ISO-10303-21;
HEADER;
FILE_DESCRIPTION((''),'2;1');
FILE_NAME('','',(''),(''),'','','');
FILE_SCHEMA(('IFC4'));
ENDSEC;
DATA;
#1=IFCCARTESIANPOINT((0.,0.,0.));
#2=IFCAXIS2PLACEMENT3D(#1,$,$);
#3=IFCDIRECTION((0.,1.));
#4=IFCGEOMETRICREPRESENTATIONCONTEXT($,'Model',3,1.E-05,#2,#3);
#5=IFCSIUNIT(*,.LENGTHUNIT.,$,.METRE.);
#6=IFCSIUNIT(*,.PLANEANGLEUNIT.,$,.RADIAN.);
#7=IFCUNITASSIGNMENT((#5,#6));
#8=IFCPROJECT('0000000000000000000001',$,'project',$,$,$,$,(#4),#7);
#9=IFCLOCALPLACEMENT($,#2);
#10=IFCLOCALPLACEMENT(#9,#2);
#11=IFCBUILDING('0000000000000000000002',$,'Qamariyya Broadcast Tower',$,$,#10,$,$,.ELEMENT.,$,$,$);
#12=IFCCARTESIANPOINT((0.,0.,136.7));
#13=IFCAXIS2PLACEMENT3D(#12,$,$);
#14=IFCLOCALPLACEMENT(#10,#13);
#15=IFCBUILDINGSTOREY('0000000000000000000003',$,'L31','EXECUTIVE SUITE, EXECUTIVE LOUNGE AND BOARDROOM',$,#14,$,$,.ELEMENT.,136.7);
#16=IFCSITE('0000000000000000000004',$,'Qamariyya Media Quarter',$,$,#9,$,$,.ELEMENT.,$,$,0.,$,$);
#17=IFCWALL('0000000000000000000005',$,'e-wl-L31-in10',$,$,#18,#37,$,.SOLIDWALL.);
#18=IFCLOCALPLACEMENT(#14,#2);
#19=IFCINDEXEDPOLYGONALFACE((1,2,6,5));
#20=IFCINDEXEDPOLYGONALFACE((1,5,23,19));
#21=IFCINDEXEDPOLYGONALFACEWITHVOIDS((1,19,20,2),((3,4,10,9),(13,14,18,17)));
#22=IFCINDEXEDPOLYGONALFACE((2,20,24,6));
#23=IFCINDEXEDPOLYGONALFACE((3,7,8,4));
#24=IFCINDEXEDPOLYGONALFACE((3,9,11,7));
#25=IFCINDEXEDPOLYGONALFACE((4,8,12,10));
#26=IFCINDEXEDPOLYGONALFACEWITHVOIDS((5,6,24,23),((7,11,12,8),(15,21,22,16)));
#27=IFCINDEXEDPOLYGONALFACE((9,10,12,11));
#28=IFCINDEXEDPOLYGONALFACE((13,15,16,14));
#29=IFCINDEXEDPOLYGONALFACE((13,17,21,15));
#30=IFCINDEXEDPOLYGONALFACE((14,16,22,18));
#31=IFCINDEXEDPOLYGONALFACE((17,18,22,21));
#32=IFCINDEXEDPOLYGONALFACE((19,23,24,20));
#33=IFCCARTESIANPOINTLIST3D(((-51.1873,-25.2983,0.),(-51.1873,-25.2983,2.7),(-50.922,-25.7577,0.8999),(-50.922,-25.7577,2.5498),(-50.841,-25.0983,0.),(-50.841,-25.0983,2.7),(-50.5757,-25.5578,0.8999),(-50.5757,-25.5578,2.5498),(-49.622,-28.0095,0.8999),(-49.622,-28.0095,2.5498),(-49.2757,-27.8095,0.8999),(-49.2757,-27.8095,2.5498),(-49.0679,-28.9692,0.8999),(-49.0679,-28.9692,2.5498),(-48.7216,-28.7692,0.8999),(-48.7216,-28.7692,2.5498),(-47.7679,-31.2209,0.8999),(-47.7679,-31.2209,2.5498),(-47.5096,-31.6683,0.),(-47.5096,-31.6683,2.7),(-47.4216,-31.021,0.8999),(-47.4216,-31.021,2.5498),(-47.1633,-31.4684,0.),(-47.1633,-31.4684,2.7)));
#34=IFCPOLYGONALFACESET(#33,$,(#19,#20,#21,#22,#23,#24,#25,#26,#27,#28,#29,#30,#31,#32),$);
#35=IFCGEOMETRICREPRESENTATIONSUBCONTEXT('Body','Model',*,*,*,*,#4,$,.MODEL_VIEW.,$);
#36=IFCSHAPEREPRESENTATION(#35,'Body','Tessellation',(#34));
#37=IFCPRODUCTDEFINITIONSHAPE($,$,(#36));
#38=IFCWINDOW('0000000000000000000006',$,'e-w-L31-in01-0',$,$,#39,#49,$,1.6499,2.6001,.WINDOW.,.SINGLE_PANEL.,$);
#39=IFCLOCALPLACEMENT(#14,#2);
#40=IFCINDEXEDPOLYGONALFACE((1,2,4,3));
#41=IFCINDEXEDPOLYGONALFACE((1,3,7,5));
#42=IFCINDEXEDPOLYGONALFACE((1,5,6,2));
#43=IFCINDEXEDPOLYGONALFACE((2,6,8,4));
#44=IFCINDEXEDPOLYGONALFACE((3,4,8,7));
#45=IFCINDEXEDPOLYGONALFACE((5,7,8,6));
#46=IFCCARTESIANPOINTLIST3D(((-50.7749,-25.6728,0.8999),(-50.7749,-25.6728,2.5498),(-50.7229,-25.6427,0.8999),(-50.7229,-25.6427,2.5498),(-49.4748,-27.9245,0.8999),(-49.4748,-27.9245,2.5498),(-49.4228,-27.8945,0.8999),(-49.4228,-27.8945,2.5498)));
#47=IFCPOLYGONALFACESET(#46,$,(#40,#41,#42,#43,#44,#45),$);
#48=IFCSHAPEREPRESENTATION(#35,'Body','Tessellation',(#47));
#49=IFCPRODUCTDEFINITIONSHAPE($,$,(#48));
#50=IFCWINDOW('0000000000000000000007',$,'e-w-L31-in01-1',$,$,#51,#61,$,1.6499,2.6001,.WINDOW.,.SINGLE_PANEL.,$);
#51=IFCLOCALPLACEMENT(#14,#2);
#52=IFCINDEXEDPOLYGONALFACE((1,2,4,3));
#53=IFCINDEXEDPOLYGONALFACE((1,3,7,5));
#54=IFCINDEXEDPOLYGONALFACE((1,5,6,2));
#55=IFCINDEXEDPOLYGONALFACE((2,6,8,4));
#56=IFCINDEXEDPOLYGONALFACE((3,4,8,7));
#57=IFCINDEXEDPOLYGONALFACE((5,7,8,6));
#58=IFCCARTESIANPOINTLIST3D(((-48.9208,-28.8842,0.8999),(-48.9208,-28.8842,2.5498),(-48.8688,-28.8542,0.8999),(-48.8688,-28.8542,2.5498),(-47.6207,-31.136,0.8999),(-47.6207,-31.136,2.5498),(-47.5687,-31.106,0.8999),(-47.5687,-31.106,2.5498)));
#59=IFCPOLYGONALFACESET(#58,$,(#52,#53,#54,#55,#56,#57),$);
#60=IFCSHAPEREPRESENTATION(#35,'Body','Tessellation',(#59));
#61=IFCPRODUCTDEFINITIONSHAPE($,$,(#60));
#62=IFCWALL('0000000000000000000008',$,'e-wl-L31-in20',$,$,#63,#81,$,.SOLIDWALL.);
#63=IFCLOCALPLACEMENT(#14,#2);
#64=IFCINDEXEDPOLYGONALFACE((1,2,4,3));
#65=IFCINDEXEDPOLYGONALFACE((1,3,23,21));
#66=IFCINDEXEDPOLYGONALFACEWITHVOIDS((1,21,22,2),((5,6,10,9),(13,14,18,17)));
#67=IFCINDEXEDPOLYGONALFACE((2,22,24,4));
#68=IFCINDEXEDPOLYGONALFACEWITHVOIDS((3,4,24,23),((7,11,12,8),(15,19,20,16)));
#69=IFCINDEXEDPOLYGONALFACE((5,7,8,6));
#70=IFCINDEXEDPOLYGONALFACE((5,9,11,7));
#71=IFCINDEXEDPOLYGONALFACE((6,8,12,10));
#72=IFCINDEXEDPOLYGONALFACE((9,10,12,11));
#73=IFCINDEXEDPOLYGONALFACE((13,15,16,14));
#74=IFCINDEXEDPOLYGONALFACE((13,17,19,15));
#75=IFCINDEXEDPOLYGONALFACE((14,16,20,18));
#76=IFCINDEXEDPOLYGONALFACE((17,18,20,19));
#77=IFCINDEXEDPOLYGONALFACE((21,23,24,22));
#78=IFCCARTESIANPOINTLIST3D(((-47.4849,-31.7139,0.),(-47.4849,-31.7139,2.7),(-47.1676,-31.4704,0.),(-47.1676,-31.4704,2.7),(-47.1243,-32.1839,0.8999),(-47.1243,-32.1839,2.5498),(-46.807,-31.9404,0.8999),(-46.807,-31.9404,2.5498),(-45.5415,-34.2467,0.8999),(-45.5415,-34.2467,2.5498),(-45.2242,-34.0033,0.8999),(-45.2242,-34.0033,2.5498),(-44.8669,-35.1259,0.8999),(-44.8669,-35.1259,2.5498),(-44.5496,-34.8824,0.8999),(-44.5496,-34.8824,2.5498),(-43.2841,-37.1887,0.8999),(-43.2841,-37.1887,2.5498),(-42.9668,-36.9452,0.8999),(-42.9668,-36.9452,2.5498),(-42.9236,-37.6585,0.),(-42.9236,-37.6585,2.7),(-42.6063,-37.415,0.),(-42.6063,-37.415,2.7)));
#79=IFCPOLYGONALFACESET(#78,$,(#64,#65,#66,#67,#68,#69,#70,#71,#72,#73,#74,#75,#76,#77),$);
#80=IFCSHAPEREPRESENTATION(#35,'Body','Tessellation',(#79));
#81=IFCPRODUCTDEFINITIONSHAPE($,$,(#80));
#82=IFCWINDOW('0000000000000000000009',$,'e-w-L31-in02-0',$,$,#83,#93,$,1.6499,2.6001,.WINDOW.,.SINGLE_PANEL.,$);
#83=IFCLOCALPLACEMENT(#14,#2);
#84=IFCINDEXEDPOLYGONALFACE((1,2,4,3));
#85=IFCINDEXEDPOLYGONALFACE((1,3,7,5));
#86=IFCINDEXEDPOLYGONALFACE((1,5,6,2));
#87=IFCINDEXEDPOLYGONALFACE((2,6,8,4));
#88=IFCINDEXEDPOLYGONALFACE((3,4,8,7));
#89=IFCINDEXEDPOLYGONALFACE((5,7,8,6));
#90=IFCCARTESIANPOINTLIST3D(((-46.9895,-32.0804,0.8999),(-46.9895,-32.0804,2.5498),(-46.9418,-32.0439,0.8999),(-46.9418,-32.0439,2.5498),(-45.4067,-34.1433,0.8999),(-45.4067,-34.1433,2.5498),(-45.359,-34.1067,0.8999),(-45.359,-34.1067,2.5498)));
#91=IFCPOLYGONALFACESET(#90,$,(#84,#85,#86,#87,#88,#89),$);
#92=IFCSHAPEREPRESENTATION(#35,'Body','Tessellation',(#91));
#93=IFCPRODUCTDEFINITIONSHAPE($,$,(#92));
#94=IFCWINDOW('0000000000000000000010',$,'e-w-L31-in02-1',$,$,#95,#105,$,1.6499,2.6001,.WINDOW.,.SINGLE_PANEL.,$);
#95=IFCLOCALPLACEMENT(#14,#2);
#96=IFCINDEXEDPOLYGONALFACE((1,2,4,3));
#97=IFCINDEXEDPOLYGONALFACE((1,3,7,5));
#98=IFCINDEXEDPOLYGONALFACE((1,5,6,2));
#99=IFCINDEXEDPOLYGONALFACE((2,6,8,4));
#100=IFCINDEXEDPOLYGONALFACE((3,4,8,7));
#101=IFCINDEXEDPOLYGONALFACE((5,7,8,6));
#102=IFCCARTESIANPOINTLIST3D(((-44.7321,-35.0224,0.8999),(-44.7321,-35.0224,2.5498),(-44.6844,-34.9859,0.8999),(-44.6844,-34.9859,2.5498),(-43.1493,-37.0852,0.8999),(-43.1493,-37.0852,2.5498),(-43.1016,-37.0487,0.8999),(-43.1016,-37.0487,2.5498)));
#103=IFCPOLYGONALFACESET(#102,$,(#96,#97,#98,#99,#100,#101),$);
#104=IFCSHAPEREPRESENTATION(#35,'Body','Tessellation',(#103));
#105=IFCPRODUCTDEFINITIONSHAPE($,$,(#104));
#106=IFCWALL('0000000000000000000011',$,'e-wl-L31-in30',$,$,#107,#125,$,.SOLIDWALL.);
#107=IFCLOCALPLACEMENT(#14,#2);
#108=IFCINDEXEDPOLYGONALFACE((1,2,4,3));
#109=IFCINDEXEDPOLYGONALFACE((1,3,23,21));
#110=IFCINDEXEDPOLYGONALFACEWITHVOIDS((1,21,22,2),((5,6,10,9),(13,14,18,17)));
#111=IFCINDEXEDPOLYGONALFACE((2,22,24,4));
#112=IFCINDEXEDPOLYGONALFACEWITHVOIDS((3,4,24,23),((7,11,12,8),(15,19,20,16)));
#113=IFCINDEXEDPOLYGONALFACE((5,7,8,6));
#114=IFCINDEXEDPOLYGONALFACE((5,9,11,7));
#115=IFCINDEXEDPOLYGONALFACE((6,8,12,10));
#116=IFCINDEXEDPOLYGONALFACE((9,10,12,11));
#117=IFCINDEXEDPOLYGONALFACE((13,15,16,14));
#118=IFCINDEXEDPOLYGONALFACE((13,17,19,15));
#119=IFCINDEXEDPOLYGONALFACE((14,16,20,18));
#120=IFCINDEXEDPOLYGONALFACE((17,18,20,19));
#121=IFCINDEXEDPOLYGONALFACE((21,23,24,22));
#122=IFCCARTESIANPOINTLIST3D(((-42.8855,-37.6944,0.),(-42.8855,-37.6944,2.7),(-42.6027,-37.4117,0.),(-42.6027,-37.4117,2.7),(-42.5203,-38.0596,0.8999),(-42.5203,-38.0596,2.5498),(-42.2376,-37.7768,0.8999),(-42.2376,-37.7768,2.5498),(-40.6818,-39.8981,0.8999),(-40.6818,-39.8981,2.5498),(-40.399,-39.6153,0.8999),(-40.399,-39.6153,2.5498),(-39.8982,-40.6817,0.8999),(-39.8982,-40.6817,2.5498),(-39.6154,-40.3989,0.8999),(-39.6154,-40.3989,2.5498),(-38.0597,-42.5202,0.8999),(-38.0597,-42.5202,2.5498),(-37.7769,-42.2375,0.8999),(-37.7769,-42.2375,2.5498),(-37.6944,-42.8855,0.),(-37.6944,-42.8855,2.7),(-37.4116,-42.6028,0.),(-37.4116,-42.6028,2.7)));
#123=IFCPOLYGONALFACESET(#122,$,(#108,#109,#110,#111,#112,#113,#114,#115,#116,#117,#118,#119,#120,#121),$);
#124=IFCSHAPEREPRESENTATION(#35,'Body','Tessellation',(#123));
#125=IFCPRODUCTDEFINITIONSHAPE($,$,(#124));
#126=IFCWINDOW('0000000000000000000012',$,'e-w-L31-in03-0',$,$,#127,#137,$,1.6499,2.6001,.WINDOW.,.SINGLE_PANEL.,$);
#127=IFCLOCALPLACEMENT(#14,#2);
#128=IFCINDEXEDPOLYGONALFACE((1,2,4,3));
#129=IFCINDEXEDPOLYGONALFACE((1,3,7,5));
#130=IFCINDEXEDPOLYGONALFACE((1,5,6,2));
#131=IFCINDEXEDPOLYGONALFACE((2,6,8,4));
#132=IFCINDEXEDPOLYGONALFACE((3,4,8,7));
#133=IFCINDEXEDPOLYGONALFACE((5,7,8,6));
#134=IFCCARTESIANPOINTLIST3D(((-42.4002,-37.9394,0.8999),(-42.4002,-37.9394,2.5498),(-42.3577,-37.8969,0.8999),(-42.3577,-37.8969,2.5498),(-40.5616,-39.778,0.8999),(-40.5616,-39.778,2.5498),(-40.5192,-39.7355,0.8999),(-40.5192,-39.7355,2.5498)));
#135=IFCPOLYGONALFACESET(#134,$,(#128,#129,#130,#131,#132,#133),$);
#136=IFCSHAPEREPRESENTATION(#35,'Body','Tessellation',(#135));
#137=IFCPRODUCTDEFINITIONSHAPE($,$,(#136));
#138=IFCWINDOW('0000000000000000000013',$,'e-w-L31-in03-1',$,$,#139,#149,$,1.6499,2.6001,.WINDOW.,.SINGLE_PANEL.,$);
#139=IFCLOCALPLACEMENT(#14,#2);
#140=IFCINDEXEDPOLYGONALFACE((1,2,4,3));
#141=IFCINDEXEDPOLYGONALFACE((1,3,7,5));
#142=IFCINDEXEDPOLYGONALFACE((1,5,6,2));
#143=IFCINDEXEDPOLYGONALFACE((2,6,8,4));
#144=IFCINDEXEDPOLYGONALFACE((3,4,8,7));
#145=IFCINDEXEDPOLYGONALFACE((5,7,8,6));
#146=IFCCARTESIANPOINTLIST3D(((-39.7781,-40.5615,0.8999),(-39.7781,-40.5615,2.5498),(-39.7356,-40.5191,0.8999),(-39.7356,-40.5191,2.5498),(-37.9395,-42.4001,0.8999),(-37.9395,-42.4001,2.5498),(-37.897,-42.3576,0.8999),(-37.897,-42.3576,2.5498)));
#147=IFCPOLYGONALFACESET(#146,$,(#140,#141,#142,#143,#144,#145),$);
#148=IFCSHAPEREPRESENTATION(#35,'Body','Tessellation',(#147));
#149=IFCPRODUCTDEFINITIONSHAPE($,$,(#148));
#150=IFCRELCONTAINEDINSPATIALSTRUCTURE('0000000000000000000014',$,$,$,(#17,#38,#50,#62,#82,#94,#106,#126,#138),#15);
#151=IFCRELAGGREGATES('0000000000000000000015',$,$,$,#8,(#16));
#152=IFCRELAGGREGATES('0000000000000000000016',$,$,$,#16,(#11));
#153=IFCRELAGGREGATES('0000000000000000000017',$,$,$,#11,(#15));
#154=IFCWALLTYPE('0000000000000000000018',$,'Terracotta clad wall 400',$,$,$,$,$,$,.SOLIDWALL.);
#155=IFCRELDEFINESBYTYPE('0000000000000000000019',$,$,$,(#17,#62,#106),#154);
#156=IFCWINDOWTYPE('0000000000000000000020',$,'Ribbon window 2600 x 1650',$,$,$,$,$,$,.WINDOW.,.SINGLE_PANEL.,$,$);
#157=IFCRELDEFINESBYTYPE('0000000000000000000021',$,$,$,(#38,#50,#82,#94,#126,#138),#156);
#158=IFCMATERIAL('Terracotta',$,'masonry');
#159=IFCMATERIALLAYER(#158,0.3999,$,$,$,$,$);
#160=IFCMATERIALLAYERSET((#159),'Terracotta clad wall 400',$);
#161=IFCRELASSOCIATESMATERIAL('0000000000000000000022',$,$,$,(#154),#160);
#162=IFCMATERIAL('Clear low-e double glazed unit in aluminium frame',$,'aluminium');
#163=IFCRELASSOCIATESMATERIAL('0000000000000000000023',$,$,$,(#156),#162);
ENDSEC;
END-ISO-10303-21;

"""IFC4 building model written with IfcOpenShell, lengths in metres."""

from ifc_helpers import new_model, si_unit, direction, frame, frame_2d, origin, place, context, subcontext, project, spatial, rectangle, extrude, material, layer, layer_set, type_object, element, fill, save


model = new_model("IFC4")

# Units and contexts
model_context = context("Model", 3, precision=1e-05, world=origin(), true_north=direction((0.0, 1.0)))
body_context = subcontext(model_context, "Body", "Model", "MODEL_VIEW")
ifc_project = project(units=[si_unit("LENGTHUNIT", "METRE"), si_unit("PLANEANGLEUNIT", "RADIAN")], contexts=[model_context])

# Site, building, storey
site_placement = place(None, origin())
site = spatial("IfcSite", under=ifc_project, at=site_placement, Name="Qamariyya Media Quarter", CompositionType="ELEMENT", RefElevation=0.0)
building_placement = place(site_placement, origin())
building = spatial("IfcBuilding", under=site, at=building_placement, Name="Qamariyya Broadcast Tower", CompositionType="ELEMENT")
storey_placement = place(building_placement, frame((0.0, 0.0, 136.7)))
storey = spatial("IfcBuildingStorey", under=building, at=storey_placement, Name="L31", Description="EXECUTIVE SUITE, EXECUTIVE LOUNGE AND BOARDROOM", CompositionType="ELEMENT", Elevation=136.7)

# Walls, openings, windows
ifc_material_1 = material(Name="Terracotta", Category="masonry")
ifc_layer_1 = layer(ifc_material_1, 0.3999)
ifc_layer_set_1 = layer_set([ifc_layer_1], Name="Terracotta clad wall 400")
wall_type = type_object("IfcWallType", Name="Terracotta clad wall 400", PredefinedType="SOLIDWALL", material=ifc_layer_set_1)
wall_1_placement = place(storey_placement, frame((-47.3364, -31.5684, 0.0), z_axis=(0.0, 0.0, 1.0), x_axis=(-0.499994, 0.866029, 0.0)))
wall_1 = element("IfcWall", 1, at=wall_1_placement, inside=storey, type_object=wall_type, Name="e-wl-L31-in10", PredefinedType="SOLIDWALL", context=body_context, shape_type="SweptSolid", body=[
    extrude(rectangle(XDim=7.3555, YDim=0.3999, at=frame_2d((3.6777, 0.0))), origin(), (0.0, 0.0, 1.0), 2.7),
])
opening_1_placement = place(wall_1_placement, frame((4.2249, 0.0, 0.8999)))
opening_1 = element("IfcOpeningElement", 2, at=opening_1_placement, cuts=wall_1, PredefinedType="OPENING", context=body_context, shape_type="SweptSolid", body=[
    extrude(rectangle(XDim=2.6001, YDim=1.6499, at=frame_2d((1.3, 0.825))), frame((0.0, 0.21, 0.0), z_axis=(0.0, -1.0, 0.0), x_axis=(1.0, 0.0, 0.0)), (0.0, 0.0, 1.0), 0.4199),
])
opening_2_placement = place(wall_1_placement, frame((0.5166, 0.0, 0.8999)))
opening_2 = element("IfcOpeningElement", 3, at=opening_2_placement, cuts=wall_1, PredefinedType="OPENING", context=body_context, shape_type="SweptSolid", body=[
    extrude(rectangle(XDim=2.6001, YDim=1.6499, at=frame_2d((1.3, 0.825))), frame((0.0, 0.21, 0.0), z_axis=(0.0, -1.0, 0.0), x_axis=(1.0, 0.0, 0.0)), (0.0, 0.0, 1.0), 0.4199),
])
ifc_material_2 = material(Name="Clear low-e double glazed unit in aluminium frame", Category="aluminium")
window_type = type_object("IfcWindowType", Name="Ribbon window 2600 x 1650", PartitioningType="SINGLE_PANEL", PredefinedType="WINDOW", material=ifc_material_2)
window_1_placement = place(opening_1_placement, origin())
window_1 = element("IfcWindow", 4, at=window_1_placement, inside=storey, type_object=window_type, Name="e-w-L31-in01-0", OverallHeight=1.6499, OverallWidth=2.6001, PartitioningType="SINGLE_PANEL", PredefinedType="WINDOW", context=body_context, shape_type="SweptSolid", body=[
    extrude(rectangle(XDim=2.6001, YDim=1.6499, at=frame_2d((1.3, 0.825))), frame((0.0, 0.03, 0.0), z_axis=(0.0, -1.0, 0.0), x_axis=(1.0, 0.0, 0.0)), (0.0, 0.0, 1.0), 0.0601),
])
fill(opening_1, window_1)
window_2_placement = place(opening_2_placement, origin())
window_2 = element("IfcWindow", 5, at=window_2_placement, inside=storey, type_object=window_type, Name="e-w-L31-in01-1", OverallHeight=1.6499, OverallWidth=2.6001, PartitioningType="SINGLE_PANEL", PredefinedType="WINDOW", context=body_context, shape_type="SweptSolid", body=[
    extrude(rectangle(XDim=2.6001, YDim=1.6499, at=frame_2d((1.3, 0.825))), frame((0.0, 0.03, 0.0), z_axis=(0.0, -1.0, 0.0), x_axis=(1.0, 0.0, 0.0)), (0.0, 0.0, 1.0), 0.0601),
])
fill(opening_2, window_2)
wall_2_placement = place(storey_placement, frame((-42.7649, -37.5369, 0.0), z_axis=(0.0, 0.0, 1.0), x_axis=(-0.608748, 0.793363, 0.0)))
wall_2 = element("IfcWall", 6, at=wall_2_placement, inside=storey, type_object=wall_type, Name="e-wl-L31-in20", PredefinedType="SOLIDWALL", context=body_context, shape_type="SweptSolid", body=[
    extrude(rectangle(XDim=7.4929, YDim=0.3999, at=frame_2d((3.7466, 0.0))), origin(), (0.0, 0.0, 1.0), 2.7),
])
opening_3_placement = place(wall_2_placement, frame((4.3005, 0.0, 0.8999)))
opening_3 = element("IfcOpeningElement", 7, at=opening_3_placement, cuts=wall_2, PredefinedType="OPENING", context=body_context, shape_type="SweptSolid", body=[
    extrude(rectangle(XDim=2.6001, YDim=1.6499, at=frame_2d((1.3, 0.825))), frame((0.0, 0.21, 0.0), z_axis=(0.0, -1.0, 0.0), x_axis=(1.0, 0.0, 0.0)), (0.0, 0.0, 1.0), 0.4199),
])
opening_4_placement = place(wall_2_placement, frame((0.5923, 0.0, 0.8999)))
opening_4 = element("IfcOpeningElement", 8, at=opening_4_placement, cuts=wall_2, PredefinedType="OPENING", context=body_context, shape_type="SweptSolid", body=[
    extrude(rectangle(XDim=2.6001, YDim=1.6499, at=frame_2d((1.3, 0.825))), frame((0.0, 0.21, 0.0), z_axis=(0.0, -1.0, 0.0), x_axis=(1.0, 0.0, 0.0)), (0.0, 0.0, 1.0), 0.4199),
])
window_3_placement = place(opening_3_placement, origin())
window_3 = element("IfcWindow", 9, at=window_3_placement, inside=storey, type_object=window_type, Name="e-w-L31-in02-0", OverallHeight=1.6499, OverallWidth=2.6001, PartitioningType="SINGLE_PANEL", PredefinedType="WINDOW", context=body_context, shape_type="SweptSolid", body=[
    extrude(rectangle(XDim=2.6001, YDim=1.6499, at=frame_2d((1.3, 0.825))), frame((0.0, 0.03, 0.0), z_axis=(0.0, -1.0, 0.0), x_axis=(1.0, 0.0, 0.0)), (0.0, 0.0, 1.0), 0.0601),
])
fill(opening_3, window_3)
window_4_placement = place(opening_4_placement, origin())
window_4 = element("IfcWindow", 10, at=window_4_placement, inside=storey, type_object=window_type, Name="e-w-L31-in02-1", OverallHeight=1.6499, OverallWidth=2.6001, PartitioningType="SINGLE_PANEL", PredefinedType="WINDOW", context=body_context, shape_type="SweptSolid", body=[
    extrude(rectangle(XDim=2.6001, YDim=1.6499, at=frame_2d((1.3, 0.825))), frame((0.0, 0.03, 0.0), z_axis=(0.0, -1.0, 0.0), x_axis=(1.0, 0.0, 0.0)), (0.0, 0.0, 1.0), 0.0601),
])
fill(opening_4, window_4)
wall_3_placement = place(storey_placement, frame((-37.553, -42.7441, 0.0), z_axis=(0.0, 0.0, 1.0), x_axis=(-0.707107, 0.707107, 0.0)))
wall_3 = element("IfcWall", 11, at=wall_3_placement, inside=storey, type_object=wall_type, Name="e-wl-L31-in30", PredefinedType="SOLIDWALL", context=body_context, shape_type="SweptSolid", body=[
    extrude(rectangle(XDim=7.3413, YDim=0.3999, at=frame_2d((3.6707, 0.0))), origin(), (0.0, 0.0, 1.0), 2.7),
])
opening_5_placement = place(wall_3_placement, frame((4.2249, 0.0, 0.8999)))
opening_5 = element("IfcOpeningElement", 12, at=opening_5_placement, cuts=wall_3, PredefinedType="OPENING", context=body_context, shape_type="SweptSolid", body=[
    extrude(rectangle(XDim=2.6001, YDim=1.6499, at=frame_2d((1.3, 0.825))), frame((0.0, 0.21, 0.0), z_axis=(0.0, -1.0, 0.0), x_axis=(1.0, 0.0, 0.0)), (0.0, 0.0, 1.0), 0.4199),
])
opening_6_placement = place(wall_3_placement, frame((0.5166, 0.0, 0.8999)))
opening_6 = element("IfcOpeningElement", 13, at=opening_6_placement, cuts=wall_3, PredefinedType="OPENING", context=body_context, shape_type="SweptSolid", body=[
    extrude(rectangle(XDim=2.6001, YDim=1.6499, at=frame_2d((1.3, 0.825))), frame((0.0, 0.21, 0.0), z_axis=(0.0, -1.0, 0.0), x_axis=(1.0, 0.0, 0.0)), (0.0, 0.0, 1.0), 0.4199),
])
window_5_placement = place(opening_5_placement, origin())
window_5 = element("IfcWindow", 14, at=window_5_placement, inside=storey, type_object=window_type, Name="e-w-L31-in03-0", OverallHeight=1.6499, OverallWidth=2.6001, PartitioningType="SINGLE_PANEL", PredefinedType="WINDOW", context=body_context, shape_type="SweptSolid", body=[
    extrude(rectangle(XDim=2.6001, YDim=1.6499, at=frame_2d((1.3, 0.825))), frame((0.0, 0.03, 0.0), z_axis=(0.0, -1.0, 0.0), x_axis=(1.0, 0.0, 0.0)), (0.0, 0.0, 1.0), 0.0601),
])
fill(opening_5, window_5)
window_6_placement = place(opening_6_placement, origin())
window_6 = element("IfcWindow", 15, at=window_6_placement, inside=storey, type_object=window_type, Name="e-w-L31-in03-1", OverallHeight=1.6499, OverallWidth=2.6001, PartitioningType="SINGLE_PANEL", PredefinedType="WINDOW", context=body_context, shape_type="SweptSolid", body=[
    extrude(rectangle(XDim=2.6001, YDim=1.6499, at=frame_2d((1.3, 0.825))), frame((0.0, 0.03, 0.0), z_axis=(0.0, -1.0, 0.0), x_axis=(1.0, 0.0, 0.0)), (0.0, 0.0, 1.0), 0.0601),
])
fill(opening_6, window_6)

save(model, "model.ifc")
